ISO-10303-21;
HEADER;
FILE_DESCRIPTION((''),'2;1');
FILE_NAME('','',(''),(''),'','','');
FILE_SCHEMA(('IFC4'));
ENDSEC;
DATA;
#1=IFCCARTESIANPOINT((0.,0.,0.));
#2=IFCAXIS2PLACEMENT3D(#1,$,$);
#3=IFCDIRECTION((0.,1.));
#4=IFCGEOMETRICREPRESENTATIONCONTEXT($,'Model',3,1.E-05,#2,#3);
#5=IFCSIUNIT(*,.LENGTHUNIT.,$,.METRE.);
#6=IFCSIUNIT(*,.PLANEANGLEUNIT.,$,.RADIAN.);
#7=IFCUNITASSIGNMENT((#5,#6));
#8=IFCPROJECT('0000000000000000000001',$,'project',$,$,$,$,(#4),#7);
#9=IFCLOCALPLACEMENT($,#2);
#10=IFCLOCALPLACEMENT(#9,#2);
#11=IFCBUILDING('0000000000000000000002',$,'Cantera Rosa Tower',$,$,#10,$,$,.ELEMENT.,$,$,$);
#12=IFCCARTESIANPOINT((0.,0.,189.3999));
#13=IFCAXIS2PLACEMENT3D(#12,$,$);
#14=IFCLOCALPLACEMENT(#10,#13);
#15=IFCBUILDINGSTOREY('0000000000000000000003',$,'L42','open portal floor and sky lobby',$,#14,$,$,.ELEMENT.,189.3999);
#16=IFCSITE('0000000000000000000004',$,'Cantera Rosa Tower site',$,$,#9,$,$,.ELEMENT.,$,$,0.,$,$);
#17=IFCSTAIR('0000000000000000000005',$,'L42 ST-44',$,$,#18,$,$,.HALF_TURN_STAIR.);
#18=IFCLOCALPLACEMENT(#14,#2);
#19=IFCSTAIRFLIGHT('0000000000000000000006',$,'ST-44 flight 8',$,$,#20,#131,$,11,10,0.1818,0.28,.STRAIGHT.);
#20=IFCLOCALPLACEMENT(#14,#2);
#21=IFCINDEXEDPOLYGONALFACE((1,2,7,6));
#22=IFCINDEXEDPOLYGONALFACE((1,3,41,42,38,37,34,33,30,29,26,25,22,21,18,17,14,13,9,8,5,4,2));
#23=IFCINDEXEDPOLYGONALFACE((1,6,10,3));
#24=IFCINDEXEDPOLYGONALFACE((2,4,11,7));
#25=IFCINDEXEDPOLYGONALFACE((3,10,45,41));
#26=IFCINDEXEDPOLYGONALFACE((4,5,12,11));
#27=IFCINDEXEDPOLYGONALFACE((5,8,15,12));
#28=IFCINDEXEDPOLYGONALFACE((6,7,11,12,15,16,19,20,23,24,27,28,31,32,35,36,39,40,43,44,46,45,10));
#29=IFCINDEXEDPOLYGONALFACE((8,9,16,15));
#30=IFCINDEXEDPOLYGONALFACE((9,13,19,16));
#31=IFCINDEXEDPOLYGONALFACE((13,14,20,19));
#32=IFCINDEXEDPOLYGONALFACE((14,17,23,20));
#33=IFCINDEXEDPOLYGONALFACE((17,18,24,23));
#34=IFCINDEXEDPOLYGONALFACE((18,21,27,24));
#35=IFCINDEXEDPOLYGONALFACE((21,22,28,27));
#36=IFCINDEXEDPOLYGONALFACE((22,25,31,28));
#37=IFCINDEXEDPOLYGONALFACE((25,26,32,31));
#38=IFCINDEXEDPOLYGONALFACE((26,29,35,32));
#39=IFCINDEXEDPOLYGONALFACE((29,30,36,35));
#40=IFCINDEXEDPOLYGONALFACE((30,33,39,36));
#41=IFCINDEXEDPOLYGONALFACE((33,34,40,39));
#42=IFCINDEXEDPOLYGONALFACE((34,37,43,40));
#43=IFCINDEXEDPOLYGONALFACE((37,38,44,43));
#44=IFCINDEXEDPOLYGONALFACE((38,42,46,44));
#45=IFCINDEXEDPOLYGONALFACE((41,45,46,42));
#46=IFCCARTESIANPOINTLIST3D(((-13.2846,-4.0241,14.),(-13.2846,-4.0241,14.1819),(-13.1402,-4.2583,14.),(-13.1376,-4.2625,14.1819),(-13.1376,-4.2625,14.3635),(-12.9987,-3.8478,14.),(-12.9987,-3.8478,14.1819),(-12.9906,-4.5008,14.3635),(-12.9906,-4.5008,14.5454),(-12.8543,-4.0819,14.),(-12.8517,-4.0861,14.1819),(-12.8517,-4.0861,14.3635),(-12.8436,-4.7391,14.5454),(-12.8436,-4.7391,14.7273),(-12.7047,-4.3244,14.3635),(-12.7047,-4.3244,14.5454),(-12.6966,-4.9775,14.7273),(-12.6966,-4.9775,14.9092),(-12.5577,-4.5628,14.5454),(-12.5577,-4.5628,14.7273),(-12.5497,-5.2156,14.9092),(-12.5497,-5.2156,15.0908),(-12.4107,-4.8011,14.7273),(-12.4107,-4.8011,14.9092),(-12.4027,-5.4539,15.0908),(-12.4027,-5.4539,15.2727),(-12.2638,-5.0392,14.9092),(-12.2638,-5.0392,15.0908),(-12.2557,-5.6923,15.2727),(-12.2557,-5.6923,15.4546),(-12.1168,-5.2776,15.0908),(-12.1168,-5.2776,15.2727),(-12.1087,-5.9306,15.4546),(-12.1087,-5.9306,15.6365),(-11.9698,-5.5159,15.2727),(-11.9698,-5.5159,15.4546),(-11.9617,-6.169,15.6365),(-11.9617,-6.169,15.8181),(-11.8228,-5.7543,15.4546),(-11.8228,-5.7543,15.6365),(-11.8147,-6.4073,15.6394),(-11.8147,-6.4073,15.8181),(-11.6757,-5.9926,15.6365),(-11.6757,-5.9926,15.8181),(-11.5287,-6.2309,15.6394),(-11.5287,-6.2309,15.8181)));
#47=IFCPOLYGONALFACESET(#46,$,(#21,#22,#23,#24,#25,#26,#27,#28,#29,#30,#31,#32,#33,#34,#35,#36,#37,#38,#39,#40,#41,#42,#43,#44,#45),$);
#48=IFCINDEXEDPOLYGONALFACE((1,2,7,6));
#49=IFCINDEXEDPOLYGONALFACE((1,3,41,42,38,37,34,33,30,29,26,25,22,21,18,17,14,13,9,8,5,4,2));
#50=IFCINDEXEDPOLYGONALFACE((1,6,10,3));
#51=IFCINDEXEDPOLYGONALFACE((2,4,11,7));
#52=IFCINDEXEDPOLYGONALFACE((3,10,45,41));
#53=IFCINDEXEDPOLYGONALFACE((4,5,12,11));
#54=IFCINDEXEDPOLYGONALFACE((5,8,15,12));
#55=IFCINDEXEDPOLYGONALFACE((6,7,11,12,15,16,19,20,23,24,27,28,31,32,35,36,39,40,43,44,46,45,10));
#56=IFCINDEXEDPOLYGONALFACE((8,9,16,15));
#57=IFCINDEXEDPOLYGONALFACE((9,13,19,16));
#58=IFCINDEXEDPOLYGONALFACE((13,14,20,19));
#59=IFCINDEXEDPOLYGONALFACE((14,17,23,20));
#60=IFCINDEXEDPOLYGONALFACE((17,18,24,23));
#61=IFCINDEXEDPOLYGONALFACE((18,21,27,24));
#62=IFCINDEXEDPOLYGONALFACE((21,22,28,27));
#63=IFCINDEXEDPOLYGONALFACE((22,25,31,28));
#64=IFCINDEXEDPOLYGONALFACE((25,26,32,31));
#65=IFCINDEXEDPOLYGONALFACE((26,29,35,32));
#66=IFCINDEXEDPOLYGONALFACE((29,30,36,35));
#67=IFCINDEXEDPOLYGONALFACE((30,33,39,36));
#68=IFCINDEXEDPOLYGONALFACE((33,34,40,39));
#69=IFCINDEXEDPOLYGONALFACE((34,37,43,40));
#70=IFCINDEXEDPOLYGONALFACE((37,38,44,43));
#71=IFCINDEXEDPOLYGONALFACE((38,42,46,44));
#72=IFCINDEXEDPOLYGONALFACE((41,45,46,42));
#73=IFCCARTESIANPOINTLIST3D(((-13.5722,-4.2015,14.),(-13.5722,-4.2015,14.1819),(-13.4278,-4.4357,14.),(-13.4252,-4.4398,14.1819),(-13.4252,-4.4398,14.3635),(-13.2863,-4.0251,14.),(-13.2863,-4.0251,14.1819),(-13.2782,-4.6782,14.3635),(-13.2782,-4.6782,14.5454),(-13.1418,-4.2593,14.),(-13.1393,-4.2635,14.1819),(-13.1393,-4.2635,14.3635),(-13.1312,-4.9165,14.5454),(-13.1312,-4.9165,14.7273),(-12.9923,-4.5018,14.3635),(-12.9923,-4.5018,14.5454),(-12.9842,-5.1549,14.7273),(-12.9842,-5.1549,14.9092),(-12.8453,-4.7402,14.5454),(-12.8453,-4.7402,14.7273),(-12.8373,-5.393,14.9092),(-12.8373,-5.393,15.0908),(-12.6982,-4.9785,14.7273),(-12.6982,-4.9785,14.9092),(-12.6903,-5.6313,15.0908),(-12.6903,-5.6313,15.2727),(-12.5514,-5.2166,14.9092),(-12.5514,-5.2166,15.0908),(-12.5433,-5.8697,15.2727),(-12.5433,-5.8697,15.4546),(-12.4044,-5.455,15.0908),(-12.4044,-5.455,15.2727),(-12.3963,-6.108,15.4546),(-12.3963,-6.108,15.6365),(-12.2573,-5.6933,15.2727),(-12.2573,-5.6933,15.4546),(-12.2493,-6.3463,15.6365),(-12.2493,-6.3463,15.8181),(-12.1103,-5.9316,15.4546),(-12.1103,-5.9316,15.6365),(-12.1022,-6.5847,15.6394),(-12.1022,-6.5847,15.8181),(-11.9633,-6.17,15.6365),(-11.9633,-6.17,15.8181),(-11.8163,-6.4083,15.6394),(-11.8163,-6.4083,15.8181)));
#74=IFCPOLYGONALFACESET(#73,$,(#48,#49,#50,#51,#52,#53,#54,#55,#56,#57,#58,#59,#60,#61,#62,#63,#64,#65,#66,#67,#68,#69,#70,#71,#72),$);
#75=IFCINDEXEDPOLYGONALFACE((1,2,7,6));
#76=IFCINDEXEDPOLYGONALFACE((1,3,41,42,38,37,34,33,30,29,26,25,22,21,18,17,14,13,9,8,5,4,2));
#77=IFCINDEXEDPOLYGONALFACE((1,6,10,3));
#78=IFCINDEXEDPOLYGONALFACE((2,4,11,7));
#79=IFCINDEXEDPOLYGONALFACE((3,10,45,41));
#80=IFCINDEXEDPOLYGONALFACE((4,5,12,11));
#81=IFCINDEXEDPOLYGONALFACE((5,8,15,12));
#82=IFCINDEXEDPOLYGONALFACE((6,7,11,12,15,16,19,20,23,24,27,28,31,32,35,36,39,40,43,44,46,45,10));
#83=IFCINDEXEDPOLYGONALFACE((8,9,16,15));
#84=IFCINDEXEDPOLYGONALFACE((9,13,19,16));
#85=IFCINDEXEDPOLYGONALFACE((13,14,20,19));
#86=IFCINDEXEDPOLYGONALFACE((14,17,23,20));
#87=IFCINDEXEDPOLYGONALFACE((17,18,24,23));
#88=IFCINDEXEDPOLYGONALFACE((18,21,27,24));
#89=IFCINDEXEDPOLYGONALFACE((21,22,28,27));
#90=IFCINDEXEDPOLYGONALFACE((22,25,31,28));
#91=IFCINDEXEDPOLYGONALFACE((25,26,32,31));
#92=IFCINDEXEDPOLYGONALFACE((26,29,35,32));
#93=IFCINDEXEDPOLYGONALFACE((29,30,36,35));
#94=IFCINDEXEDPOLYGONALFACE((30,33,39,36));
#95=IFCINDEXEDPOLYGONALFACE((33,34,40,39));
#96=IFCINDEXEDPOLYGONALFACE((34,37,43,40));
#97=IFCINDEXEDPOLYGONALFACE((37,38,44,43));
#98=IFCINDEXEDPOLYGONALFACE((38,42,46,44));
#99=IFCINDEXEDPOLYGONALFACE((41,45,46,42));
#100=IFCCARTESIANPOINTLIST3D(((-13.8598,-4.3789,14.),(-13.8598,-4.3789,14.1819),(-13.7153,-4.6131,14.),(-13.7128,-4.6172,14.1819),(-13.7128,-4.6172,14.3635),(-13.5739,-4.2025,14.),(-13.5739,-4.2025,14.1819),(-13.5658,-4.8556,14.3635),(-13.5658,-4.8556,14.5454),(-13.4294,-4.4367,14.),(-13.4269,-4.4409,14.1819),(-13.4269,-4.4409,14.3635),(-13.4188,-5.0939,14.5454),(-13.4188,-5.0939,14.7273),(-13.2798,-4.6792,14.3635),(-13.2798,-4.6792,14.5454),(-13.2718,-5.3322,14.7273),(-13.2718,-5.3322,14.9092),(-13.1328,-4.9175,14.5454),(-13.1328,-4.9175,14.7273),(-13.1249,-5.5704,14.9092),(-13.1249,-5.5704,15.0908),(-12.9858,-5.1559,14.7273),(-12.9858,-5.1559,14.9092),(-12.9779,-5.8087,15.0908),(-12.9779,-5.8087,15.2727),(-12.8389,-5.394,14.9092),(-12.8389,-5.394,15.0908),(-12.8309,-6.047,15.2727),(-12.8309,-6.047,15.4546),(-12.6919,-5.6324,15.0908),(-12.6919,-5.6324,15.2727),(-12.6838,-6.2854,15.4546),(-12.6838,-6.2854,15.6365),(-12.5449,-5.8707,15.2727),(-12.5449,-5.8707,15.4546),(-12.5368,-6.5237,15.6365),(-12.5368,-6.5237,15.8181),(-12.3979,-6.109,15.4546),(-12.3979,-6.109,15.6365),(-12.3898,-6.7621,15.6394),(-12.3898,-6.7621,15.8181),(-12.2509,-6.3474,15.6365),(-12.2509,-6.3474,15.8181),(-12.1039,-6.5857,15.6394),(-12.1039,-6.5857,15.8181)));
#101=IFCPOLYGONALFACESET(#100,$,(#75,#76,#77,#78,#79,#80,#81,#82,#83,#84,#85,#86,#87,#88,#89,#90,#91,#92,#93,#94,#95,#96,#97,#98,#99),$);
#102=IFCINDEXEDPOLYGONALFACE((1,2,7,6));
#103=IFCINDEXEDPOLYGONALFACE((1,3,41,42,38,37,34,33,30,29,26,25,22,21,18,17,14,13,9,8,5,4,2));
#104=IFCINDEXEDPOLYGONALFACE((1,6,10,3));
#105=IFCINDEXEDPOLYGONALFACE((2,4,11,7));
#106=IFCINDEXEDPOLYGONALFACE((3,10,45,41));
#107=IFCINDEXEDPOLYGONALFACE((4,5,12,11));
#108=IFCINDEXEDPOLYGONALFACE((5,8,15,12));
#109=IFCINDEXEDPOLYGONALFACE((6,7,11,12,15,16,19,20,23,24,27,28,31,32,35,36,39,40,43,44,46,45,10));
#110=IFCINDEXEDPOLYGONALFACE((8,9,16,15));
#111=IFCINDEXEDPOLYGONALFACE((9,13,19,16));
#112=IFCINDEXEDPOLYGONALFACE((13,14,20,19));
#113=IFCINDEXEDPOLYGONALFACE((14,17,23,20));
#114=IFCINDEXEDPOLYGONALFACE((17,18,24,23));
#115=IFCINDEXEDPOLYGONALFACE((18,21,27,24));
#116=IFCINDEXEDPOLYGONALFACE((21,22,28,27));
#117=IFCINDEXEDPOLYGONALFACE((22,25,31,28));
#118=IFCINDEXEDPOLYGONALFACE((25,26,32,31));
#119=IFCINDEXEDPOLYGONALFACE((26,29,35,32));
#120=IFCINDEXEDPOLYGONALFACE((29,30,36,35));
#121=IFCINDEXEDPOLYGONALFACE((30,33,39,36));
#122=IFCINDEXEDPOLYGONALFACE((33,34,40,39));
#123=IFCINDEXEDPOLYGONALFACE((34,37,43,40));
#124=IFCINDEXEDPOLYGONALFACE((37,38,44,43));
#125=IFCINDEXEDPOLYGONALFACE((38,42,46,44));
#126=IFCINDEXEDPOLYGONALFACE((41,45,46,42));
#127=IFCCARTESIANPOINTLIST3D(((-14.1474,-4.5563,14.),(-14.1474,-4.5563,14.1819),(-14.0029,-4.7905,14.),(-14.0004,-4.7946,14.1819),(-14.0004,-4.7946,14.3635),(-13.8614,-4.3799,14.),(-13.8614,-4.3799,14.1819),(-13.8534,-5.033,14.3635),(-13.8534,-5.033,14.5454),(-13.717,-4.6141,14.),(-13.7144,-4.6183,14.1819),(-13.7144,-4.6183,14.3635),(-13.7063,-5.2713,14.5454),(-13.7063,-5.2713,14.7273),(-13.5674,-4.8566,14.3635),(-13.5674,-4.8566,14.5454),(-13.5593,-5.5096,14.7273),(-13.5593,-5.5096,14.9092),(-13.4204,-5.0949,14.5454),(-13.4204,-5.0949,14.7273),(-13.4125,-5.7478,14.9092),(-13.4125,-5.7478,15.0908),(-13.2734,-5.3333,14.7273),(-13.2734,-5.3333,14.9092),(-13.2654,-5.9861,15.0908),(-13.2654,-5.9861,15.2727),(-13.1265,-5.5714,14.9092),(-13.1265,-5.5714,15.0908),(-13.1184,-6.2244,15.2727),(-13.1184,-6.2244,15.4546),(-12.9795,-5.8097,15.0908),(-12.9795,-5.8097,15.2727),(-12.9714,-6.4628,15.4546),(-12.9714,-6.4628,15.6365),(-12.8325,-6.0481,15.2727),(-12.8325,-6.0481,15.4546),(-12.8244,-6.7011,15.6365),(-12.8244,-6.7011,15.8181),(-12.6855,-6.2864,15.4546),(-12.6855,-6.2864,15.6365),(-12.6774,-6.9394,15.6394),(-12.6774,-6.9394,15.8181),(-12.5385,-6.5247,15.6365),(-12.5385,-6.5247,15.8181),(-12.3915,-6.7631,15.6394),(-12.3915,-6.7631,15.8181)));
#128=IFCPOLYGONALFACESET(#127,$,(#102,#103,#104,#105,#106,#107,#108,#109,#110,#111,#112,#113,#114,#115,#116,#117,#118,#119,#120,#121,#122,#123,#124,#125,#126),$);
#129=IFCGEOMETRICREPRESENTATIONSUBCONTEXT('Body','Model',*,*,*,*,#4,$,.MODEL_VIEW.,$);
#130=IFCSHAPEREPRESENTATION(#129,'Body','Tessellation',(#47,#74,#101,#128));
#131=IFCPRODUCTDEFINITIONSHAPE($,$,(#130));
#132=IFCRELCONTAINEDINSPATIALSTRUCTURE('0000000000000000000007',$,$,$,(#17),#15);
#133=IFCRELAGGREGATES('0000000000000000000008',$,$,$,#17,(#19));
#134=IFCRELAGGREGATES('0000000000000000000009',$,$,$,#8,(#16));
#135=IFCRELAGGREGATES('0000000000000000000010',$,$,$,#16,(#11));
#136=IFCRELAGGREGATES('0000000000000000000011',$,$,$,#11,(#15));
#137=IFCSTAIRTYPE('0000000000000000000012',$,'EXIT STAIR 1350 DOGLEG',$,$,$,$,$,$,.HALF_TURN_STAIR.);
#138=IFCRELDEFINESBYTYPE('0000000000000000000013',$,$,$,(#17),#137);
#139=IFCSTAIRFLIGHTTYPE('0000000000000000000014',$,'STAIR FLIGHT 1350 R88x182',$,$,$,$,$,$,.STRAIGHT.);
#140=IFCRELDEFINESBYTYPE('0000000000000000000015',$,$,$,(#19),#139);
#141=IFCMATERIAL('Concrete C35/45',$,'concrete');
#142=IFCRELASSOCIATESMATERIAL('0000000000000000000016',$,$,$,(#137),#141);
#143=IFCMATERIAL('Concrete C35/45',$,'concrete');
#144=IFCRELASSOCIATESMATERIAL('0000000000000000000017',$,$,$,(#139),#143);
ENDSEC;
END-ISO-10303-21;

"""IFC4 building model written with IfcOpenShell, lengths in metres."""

from ifc_helpers import new_model, si_unit, direction, frame, origin, place, context, subcontext, project, spatial, polyline, outline, extrude, material, type_object, element, aggregate, save


model = new_model("IFC4")

# Units and contexts
model_context = context("Model", 3, precision=1e-05, world=origin(), true_north=direction((0.0, 1.0)))
body_context = subcontext(model_context, "Body", "Model", "MODEL_VIEW")
ifc_project = project(units=[si_unit("LENGTHUNIT", "METRE"), si_unit("PLANEANGLEUNIT", "RADIAN")], contexts=[model_context])

# Site, building, storey
site_placement = place(None, origin())
site = spatial("IfcSite", under=ifc_project, at=site_placement, Name="Cantera Rosa Tower site", CompositionType="ELEMENT", RefElevation=0.0)
building_placement = place(site_placement, origin())
building = spatial("IfcBuilding", under=site, at=building_placement, Name="Cantera Rosa Tower", CompositionType="ELEMENT")
storey_placement = place(building_placement, frame((0.0, 0.0, 189.3999)))
storey = spatial("IfcBuildingStorey", under=building, at=storey_placement, Name="L42", Description="open portal floor and sky lobby", CompositionType="ELEMENT", Elevation=189.3999)

# Stair, stair flight
ifc_material_1 = material(Name="Concrete C35/45", Category="concrete")
stair_type = type_object("IfcStairType", Name="EXIT STAIR 1350 DOGLEG", PredefinedType="HALF_TURN_STAIR", material=ifc_material_1)
ifc_material_2 = material(Name="Concrete C35/45", Category="concrete")
stair_flight_type = type_object("IfcStairFlightType", Name="STAIR FLIGHT 1350 R88x182", PredefinedType="STRAIGHT", material=ifc_material_2)
stair_1_placement = place(storey_placement, origin())
stair_1 = element("IfcStair", 1, at=stair_1_placement, inside=storey, type_object=stair_type, Name="L42 ST-44", PredefinedType="HALF_TURN_STAIR")
stair_flight_1_placement = place(storey_placement, frame((-13.5732, -4.2021, 14.0), z_axis=(0.0, 0.0, 1.0), x_axis=(0.524977, -0.851117, 0.0)))
stair_flight_1 = element("IfcStairFlight", 2, at=stair_flight_1_placement, type_object=stair_flight_type, Name="ST-44 flight 8", NumberOfRisers=11, NumberOfTreads=10, PredefinedType="STRAIGHT", RiserHeight=0.1818, TreadLength=0.28, context=body_context, shape_type="SweptSolid", body=[
    extrude(outline(polyline([(0.0, 0.0), (0.0, 0.1819), (0.28, 0.1819), (0.28, 0.3635), (0.5601, 0.3635), (0.5601, 0.5454), (0.8401, 0.5454), (0.8401, 0.7273), (1.1201, 0.7273), (1.1201, 0.9092), (1.3999, 0.9092), (1.3999, 1.0908), (1.6799, 1.0908), (1.6799, 1.2727), (1.96, 1.2727), (1.96, 1.4546), (2.24, 1.4546), (2.24, 1.6365), (2.52, 1.6365), (2.52, 1.8181), (2.8, 1.8181), (2.8, 2.0), (2.8, 1.6394), (0.2751, 0.0), (0.0, 0.0)])), frame((0.0, 0.675, 0.0), z_axis=(0.0, -1.0, 0.0), x_axis=(1.0, 0.0, 0.0)), (0.0, 0.0, 1.0), 0.3359),
    extrude(outline(polyline([(0.0, 0.0), (0.0, 0.1819), (0.28, 0.1819), (0.28, 0.3635), (0.5601, 0.3635), (0.5601, 0.5454), (0.8401, 0.5454), (0.8401, 0.7273), (1.1201, 0.7273), (1.1201, 0.9092), (1.3999, 0.9092), (1.3999, 1.0908), (1.6799, 1.0908), (1.6799, 1.2727), (1.96, 1.2727), (1.96, 1.4546), (2.24, 1.4546), (2.24, 1.6365), (2.52, 1.6365), (2.52, 1.8181), (2.8, 1.8181), (2.8, 2.0), (2.8, 1.6394), (0.2751, 0.0), (0.0, 0.0)])), frame((0.0, 0.3372, 0.0), z_axis=(0.0, -1.0, 0.0), x_axis=(1.0, 0.0, 0.0)), (0.0, 0.0, 1.0), 0.3359),
    extrude(outline(polyline([(0.0, 0.0), (0.0, 0.1819), (0.28, 0.1819), (0.28, 0.3635), (0.5601, 0.3635), (0.5601, 0.5454), (0.8401, 0.5454), (0.8401, 0.7273), (1.1201, 0.7273), (1.1201, 0.9092), (1.3999, 0.9092), (1.3999, 1.0908), (1.6799, 1.0908), (1.6799, 1.2727), (1.96, 1.2727), (1.96, 1.4546), (2.24, 1.4546), (2.24, 1.6365), (2.52, 1.6365), (2.52, 1.8181), (2.8, 1.8181), (2.8, 2.0), (2.8, 1.6394), (0.2751, 0.0), (0.0, 0.0)])), frame((0.0, -0.0007, 0.0), z_axis=(0.0, -1.0, 0.0), x_axis=(1.0, 0.0, 0.0)), (0.0, 0.0, 1.0), 0.3359),
    extrude(outline(polyline([(0.0, 0.0), (0.0, 0.1819), (0.28, 0.1819), (0.28, 0.3635), (0.5601, 0.3635), (0.5601, 0.5454), (0.8401, 0.5454), (0.8401, 0.7273), (1.1201, 0.7273), (1.1201, 0.9092), (1.3999, 0.9092), (1.3999, 1.0908), (1.6799, 1.0908), (1.6799, 1.2727), (1.96, 1.2727), (1.96, 1.4546), (2.24, 1.4546), (2.24, 1.6365), (2.52, 1.6365), (2.52, 1.8181), (2.8, 1.8181), (2.8, 2.0), (2.8, 1.6394), (0.2751, 0.0), (0.0, 0.0)])), frame((0.0, -0.3386, 0.0), z_axis=(0.0, -1.0, 0.0), x_axis=(1.0, 0.0, 0.0)), (0.0, 0.0, 1.0), 0.3359),
])
aggregate(stair_1, [stair_flight_1])

save(model, "model.ifc")
